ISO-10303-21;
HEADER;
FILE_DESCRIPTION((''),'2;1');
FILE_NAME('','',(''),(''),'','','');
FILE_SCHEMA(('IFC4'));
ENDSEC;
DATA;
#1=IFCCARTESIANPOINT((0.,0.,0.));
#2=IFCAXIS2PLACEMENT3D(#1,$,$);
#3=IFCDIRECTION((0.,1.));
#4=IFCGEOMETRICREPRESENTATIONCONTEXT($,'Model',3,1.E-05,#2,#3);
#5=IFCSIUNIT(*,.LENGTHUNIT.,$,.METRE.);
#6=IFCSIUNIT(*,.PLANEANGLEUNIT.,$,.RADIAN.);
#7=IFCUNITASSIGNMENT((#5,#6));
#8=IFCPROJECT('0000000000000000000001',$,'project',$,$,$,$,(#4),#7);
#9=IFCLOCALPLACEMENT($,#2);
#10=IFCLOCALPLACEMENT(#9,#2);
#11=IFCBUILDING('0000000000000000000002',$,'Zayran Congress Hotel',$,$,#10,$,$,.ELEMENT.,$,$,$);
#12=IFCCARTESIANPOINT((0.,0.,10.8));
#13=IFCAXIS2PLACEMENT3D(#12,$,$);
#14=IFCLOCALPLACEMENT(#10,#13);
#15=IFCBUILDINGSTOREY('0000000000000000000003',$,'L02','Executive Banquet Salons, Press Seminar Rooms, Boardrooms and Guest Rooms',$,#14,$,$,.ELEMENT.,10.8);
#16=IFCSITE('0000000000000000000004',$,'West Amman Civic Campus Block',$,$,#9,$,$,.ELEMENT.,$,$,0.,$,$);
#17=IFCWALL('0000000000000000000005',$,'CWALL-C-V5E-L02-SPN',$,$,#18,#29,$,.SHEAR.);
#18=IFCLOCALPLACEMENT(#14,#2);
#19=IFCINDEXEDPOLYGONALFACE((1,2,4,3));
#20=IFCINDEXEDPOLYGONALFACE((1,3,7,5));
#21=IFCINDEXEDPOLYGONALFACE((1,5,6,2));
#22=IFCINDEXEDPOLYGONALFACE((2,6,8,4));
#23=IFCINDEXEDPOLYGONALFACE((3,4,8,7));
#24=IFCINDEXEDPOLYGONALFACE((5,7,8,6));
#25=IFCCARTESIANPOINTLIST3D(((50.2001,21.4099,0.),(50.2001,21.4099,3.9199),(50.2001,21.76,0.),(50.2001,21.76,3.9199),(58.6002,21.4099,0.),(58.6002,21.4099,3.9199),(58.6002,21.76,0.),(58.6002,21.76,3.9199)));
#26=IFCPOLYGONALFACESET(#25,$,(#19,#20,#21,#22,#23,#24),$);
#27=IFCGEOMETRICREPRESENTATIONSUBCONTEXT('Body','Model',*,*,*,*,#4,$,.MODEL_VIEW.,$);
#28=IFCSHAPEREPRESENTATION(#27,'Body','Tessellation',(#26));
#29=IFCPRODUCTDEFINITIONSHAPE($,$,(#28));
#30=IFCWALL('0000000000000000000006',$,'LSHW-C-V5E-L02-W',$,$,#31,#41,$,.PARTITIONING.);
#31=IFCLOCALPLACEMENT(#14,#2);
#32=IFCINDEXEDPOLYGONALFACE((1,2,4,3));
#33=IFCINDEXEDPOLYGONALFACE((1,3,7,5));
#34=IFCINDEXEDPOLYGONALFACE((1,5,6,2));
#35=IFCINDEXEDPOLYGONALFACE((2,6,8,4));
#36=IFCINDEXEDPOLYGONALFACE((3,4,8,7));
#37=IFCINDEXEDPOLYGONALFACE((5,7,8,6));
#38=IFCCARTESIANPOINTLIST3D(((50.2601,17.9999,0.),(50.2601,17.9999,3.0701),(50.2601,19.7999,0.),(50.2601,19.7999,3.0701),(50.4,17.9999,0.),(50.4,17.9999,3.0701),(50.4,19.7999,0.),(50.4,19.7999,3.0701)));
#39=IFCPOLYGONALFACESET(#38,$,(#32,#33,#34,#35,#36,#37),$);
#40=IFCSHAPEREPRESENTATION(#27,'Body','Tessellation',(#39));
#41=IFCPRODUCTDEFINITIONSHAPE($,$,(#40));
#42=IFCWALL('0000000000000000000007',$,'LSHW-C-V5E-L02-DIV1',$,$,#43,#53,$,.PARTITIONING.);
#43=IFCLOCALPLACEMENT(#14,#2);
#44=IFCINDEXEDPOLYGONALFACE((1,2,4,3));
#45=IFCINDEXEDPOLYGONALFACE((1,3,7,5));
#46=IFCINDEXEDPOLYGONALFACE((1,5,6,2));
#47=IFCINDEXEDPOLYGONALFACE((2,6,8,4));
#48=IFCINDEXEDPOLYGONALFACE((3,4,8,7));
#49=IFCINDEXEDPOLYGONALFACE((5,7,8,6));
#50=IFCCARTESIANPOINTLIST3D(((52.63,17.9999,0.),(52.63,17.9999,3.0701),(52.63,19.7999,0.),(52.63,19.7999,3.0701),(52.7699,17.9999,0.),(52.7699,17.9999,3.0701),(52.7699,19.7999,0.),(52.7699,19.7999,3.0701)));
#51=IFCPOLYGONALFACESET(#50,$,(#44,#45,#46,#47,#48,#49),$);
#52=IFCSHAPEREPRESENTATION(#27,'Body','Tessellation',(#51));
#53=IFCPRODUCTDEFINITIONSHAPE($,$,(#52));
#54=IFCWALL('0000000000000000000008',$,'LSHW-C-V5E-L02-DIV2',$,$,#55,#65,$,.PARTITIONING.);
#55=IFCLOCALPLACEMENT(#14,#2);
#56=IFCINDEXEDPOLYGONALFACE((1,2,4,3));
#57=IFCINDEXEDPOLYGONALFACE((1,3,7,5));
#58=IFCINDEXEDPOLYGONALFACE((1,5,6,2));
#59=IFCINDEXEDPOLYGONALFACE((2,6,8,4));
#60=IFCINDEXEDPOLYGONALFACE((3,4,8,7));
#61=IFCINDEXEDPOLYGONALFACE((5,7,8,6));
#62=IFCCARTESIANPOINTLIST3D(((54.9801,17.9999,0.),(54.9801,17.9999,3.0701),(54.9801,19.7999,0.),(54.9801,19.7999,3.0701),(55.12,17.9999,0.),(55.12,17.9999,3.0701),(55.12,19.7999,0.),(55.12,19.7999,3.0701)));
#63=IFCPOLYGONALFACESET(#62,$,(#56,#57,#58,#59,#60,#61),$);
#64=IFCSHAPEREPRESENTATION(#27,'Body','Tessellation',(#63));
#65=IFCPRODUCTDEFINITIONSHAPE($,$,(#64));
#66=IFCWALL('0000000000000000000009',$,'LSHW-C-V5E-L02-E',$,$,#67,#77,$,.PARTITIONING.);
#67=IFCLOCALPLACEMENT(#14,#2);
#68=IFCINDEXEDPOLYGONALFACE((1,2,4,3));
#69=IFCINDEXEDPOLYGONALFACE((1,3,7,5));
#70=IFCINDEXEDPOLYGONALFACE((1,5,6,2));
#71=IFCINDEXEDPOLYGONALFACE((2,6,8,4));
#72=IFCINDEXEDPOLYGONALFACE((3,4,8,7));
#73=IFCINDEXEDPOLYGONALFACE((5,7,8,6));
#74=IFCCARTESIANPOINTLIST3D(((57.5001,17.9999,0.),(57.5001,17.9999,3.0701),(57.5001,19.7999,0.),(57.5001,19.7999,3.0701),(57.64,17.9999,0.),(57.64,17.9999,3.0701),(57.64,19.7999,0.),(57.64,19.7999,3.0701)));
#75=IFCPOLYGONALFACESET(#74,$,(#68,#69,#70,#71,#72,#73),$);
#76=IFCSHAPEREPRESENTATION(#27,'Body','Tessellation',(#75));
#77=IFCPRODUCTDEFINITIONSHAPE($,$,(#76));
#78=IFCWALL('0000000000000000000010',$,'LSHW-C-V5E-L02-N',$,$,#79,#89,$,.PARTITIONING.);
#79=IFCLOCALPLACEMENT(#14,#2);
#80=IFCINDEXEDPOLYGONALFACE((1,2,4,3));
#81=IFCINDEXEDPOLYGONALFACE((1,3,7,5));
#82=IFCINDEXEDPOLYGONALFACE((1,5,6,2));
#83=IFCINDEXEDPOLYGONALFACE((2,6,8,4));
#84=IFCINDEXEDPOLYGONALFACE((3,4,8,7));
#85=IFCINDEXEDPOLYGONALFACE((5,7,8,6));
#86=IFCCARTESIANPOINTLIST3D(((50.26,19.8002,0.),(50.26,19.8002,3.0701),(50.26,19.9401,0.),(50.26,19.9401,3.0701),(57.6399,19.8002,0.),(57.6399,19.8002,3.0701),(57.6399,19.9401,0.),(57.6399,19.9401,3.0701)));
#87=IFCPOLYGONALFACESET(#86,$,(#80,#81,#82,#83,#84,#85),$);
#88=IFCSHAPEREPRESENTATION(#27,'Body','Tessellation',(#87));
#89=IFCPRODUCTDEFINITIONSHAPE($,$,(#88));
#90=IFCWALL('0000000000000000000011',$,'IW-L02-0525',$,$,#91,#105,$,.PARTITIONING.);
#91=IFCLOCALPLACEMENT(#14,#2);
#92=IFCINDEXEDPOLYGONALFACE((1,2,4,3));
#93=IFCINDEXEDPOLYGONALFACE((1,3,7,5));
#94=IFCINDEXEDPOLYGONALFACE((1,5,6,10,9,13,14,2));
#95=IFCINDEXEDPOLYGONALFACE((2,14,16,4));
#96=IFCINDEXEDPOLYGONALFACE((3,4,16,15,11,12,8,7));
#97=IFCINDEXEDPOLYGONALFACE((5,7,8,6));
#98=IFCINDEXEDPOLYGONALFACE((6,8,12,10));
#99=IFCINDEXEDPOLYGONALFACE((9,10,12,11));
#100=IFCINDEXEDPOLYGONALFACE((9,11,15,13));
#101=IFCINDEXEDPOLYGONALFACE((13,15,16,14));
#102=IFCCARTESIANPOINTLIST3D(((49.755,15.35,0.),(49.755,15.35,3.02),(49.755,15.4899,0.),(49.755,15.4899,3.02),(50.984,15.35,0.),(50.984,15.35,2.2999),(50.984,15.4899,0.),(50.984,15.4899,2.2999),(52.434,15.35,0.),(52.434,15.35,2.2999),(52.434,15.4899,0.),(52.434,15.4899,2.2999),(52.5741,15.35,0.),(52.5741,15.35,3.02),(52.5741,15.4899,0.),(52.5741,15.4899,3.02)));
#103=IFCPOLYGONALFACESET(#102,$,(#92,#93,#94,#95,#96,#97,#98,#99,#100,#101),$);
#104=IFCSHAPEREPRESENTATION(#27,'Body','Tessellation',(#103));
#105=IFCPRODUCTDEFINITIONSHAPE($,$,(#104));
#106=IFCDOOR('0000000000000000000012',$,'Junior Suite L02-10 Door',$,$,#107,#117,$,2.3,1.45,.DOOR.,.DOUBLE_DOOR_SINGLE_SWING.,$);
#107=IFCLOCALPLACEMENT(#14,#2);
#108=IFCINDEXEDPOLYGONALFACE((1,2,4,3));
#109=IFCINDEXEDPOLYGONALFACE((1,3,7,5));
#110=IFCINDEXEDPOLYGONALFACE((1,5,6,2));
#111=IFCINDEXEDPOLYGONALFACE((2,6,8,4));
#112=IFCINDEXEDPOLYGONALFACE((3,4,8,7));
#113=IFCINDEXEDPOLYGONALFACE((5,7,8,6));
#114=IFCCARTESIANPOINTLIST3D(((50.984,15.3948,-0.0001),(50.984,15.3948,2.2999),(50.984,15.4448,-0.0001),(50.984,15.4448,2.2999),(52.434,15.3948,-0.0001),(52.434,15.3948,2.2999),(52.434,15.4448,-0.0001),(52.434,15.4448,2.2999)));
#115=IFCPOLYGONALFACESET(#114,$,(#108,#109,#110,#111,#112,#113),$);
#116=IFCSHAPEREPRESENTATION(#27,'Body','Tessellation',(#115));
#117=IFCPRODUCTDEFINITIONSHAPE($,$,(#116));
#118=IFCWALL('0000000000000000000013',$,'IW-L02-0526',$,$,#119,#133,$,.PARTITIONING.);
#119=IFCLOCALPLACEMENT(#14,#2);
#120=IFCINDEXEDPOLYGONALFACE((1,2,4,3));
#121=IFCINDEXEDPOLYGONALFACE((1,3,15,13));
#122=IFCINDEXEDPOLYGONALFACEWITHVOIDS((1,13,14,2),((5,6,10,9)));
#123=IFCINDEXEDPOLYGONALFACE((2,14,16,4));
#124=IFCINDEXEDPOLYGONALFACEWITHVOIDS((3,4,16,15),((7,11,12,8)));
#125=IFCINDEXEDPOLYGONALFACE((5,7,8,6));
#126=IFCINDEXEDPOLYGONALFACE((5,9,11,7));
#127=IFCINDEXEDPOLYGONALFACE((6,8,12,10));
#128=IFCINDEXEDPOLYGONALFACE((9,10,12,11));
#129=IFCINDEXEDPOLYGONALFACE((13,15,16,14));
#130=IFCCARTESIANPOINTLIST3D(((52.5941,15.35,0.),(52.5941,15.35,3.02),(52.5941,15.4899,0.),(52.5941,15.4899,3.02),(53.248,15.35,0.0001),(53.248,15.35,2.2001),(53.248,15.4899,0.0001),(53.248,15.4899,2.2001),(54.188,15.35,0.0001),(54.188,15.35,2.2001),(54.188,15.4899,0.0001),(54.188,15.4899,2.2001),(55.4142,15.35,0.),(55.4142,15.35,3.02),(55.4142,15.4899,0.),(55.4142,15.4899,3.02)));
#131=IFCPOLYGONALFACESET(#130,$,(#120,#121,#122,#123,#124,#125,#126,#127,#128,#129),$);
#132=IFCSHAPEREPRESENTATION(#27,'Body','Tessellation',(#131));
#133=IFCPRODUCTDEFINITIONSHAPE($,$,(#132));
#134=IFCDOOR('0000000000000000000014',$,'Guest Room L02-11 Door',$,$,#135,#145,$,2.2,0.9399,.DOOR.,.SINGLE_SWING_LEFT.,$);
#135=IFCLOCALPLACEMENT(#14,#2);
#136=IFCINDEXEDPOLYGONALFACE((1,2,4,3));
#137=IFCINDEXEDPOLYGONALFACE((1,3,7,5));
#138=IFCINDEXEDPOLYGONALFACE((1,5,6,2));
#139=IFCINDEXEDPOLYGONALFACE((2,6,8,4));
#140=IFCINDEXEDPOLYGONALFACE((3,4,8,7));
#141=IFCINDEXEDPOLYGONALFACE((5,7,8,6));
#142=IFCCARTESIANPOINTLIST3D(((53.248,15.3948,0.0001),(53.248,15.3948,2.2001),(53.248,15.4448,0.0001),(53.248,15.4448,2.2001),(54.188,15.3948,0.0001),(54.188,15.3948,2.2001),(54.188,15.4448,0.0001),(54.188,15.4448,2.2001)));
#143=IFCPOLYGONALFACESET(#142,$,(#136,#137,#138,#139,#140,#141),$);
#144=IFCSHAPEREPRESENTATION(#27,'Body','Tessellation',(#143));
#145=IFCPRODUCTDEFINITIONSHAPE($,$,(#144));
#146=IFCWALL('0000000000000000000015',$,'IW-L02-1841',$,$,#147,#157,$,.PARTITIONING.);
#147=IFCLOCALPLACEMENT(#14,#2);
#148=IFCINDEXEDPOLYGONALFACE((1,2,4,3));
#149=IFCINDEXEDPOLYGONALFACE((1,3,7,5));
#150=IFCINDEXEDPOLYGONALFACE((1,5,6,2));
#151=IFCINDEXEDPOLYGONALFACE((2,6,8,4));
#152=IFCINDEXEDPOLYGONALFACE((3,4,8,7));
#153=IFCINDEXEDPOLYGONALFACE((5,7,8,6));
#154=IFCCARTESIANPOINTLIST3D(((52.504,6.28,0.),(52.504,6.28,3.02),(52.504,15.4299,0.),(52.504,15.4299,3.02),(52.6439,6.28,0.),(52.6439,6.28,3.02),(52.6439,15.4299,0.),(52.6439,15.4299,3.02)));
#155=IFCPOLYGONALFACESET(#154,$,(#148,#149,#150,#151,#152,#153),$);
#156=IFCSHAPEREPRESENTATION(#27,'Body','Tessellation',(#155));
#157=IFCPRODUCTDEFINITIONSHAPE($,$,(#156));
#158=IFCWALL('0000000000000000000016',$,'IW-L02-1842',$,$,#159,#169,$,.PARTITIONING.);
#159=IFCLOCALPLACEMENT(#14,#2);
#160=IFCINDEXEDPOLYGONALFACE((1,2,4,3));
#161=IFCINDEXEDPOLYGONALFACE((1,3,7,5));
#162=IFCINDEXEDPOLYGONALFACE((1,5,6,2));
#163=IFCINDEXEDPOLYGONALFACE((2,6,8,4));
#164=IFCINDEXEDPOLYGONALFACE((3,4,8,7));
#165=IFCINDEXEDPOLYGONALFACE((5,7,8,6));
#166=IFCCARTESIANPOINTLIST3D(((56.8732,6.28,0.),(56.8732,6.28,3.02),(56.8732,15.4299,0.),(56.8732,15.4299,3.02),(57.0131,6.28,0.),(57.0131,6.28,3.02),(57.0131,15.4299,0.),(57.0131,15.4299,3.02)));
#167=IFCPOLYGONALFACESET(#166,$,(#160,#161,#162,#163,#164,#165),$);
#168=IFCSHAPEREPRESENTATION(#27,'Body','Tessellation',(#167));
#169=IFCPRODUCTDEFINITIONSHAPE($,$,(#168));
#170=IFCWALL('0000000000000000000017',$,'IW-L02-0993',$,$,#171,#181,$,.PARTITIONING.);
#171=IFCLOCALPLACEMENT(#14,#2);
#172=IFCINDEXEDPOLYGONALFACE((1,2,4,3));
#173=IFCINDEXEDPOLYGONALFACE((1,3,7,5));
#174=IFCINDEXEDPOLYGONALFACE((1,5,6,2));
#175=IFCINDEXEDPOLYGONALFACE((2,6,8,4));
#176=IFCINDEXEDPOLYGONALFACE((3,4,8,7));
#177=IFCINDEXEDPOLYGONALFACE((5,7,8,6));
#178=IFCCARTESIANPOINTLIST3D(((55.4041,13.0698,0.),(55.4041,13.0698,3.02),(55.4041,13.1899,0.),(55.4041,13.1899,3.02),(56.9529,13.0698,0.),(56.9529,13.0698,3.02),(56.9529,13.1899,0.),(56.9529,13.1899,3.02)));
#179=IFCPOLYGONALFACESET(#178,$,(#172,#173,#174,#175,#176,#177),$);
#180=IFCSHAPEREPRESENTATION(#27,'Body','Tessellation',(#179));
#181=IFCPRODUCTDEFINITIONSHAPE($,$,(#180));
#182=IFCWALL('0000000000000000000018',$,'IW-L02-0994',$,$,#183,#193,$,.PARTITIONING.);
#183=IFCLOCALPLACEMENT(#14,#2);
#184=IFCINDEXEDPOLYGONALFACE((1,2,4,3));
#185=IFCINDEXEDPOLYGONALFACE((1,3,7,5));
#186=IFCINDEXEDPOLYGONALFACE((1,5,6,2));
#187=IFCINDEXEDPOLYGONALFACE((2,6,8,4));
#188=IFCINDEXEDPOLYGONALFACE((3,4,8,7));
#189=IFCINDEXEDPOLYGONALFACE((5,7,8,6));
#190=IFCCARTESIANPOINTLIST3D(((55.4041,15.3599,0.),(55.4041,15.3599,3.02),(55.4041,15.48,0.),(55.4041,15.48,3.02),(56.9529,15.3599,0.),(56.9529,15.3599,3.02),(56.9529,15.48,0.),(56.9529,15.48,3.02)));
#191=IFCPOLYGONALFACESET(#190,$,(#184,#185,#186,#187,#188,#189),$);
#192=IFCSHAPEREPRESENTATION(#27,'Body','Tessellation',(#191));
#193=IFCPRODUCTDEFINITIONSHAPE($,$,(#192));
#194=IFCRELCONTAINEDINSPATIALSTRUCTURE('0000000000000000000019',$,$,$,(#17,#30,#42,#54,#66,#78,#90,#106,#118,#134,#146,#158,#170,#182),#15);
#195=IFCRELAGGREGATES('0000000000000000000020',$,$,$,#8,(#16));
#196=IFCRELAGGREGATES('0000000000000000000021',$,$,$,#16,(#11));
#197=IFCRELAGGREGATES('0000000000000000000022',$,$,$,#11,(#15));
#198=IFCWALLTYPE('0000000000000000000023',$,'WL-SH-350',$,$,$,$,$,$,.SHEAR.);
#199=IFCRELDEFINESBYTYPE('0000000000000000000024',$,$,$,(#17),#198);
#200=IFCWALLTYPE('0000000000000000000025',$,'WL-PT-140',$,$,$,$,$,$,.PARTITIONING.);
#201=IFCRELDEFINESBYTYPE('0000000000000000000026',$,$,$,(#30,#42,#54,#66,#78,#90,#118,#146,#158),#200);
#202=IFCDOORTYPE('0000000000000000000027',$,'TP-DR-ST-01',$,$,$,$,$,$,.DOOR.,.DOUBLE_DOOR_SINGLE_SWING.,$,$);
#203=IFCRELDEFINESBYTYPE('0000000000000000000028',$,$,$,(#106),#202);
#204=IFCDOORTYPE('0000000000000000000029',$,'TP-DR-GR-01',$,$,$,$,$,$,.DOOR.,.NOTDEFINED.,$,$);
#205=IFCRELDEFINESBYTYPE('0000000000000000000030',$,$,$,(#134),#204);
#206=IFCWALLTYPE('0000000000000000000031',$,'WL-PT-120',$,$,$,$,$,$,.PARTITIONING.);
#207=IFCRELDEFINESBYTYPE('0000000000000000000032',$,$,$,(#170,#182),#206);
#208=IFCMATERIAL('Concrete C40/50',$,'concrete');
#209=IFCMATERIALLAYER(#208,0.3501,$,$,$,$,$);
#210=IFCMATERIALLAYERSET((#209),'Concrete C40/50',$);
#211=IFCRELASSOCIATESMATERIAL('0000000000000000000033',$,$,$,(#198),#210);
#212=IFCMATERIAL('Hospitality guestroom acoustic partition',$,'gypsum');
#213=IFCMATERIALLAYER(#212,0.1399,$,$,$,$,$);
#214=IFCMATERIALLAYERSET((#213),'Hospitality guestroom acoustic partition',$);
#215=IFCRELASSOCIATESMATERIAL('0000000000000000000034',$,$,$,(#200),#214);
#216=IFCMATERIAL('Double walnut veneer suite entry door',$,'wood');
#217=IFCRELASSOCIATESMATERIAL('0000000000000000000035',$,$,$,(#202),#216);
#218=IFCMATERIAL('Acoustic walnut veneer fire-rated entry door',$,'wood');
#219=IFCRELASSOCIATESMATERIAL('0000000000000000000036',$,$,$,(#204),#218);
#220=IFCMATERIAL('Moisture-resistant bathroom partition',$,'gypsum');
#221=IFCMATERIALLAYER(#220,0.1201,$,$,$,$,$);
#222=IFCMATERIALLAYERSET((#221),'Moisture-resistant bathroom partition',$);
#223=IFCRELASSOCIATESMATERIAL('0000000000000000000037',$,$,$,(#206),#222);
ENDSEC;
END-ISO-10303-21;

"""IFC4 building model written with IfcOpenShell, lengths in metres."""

from ifc_helpers import new_model, si_unit, direction, frame, frame_2d, origin, place, context, subcontext, project, spatial, rectangle, extrude, material, layer, layer_set, type_object, element, fill, save


model = new_model("IFC4")

# Units and contexts
model_context = context("Model", 3, precision=1e-05, world=origin(), true_north=direction((0.0, 1.0)))
body_context = subcontext(model_context, "Body", "Model", "MODEL_VIEW")
ifc_project = project(units=[si_unit("LENGTHUNIT", "METRE"), si_unit("PLANEANGLEUNIT", "RADIAN")], contexts=[model_context])

# Site, building, storey
site_placement = place(None, origin())
site = spatial("IfcSite", under=ifc_project, at=site_placement, Name="West Amman Civic Campus Block", CompositionType="ELEMENT", RefElevation=0.0)
building_placement = place(site_placement, origin())
building = spatial("IfcBuilding", under=site, at=building_placement, Name="Zayran Congress Hotel", CompositionType="ELEMENT")
storey_placement = place(building_placement, frame((0.0, 0.0, 10.8)))
storey = spatial("IfcBuildingStorey", under=building, at=storey_placement, Name="L02", Description="Executive Banquet Salons, Press Seminar Rooms, Boardrooms and Guest Rooms", CompositionType="ELEMENT", Elevation=10.8)

# Shared definitions
ifc_material_1 = material(Name="Concrete C40/50", Category="concrete")

# Walls
ifc_layer_1 = layer(ifc_material_1, 0.3501)
ifc_layer_set_1 = layer_set([ifc_layer_1], Name="Concrete C40/50")
wall_type_1 = type_object("IfcWallType", Name="WL-SH-350", PredefinedType="SHEAR", material=ifc_layer_set_1)
wall_1_placement = place(storey_placement, frame((50.2, 21.585, 0.0), z_axis=(0.0, 0.0, 1.0), x_axis=(1.0, 0.0, 0.0)))
element("IfcWall", 1, at=wall_1_placement, inside=storey, type_object=wall_type_1, Name="CWALL-C-V5E-L02-SPN", PredefinedType="SHEAR", context=body_context, shape_type="SweptSolid", body=[
    extrude(rectangle(XDim=8.4001, YDim=0.3501, at=frame_2d((4.2002, 0.0))), origin(), (0.0, 0.0, 1.0), 3.9199),
])
ifc_material_2 = material(Name="Hospitality guestroom acoustic partition", Category="gypsum")
ifc_layer_2 = layer(ifc_material_2, 0.1399)
ifc_layer_set_2 = layer_set([ifc_layer_2], Name="Hospitality guestroom acoustic partition")
wall_type_2 = type_object("IfcWallType", Name="WL-PT-140", PredefinedType="PARTITIONING", material=ifc_layer_set_2)
for number, where, z_axis, x_axis, name in (
    (2, (50.3301, 18.0, 0.0), (0.0, 0.0, 1.0), (0.0, 1.0, 0.0), "LSHW-C-V5E-L02-W"),
    (3, (52.7, 18.0, 0.0), (0.0, 0.0, 1.0), (0.0, 1.0, 0.0), "LSHW-C-V5E-L02-DIV1"),
    (4, (55.05, 18.0, 0.0), (0.0, 0.0, 1.0), (0.0, 1.0, 0.0), "LSHW-C-V5E-L02-DIV2"),
    (5, (57.5701, 18.0, 0.0), (0.0, 0.0, 1.0), (0.0, 1.0, 0.0), "LSHW-C-V5E-L02-E"),
):
    element("IfcWall", number, at=place(storey_placement, frame(where, z_axis=z_axis, x_axis=x_axis)), inside=storey, type_object=wall_type_2, Name=name, PredefinedType="PARTITIONING", context=body_context, shape_type="SweptSolid", body=[
        extrude(rectangle(XDim=1.8, YDim=0.1399, at=frame_2d((0.8999, 0.0))), origin(), (0.0, 0.0, 1.0), 3.0701),
    ])
wall_2_placement = place(storey_placement, frame((50.26, 19.8701, 0.0), z_axis=(0.0, 0.0, 1.0), x_axis=(1.0, 0.0, 0.0)))
element("IfcWall", 6, at=wall_2_placement, inside=storey, type_object=wall_type_2, Name="LSHW-C-V5E-L02-N", PredefinedType="PARTITIONING", context=body_context, shape_type="SweptSolid", body=[
    extrude(rectangle(XDim=7.3799, YDim=0.1399, at=frame_2d((3.6899, 0.0))), origin(), (0.0, 0.0, 1.0), 3.0701),
])

# Walls, openings, doors
wall_3_placement = place(storey_placement, frame((49.7549, 15.4199, 0.0), z_axis=(0.0, 0.0, 1.0), x_axis=(1.0, 0.0, 0.0)))
wall_3 = element("IfcWall", 7, at=wall_3_placement, inside=storey, type_object=wall_type_2, Name="IW-L02-0525", PredefinedType="PARTITIONING", context=body_context, shape_type="SweptSolid", body=[
    extrude(rectangle(XDim=2.8191, YDim=0.1399, at=frame_2d((1.4097, 0.0))), origin(), (0.0, 0.0, 1.0), 3.02),
])
opening_1_placement = place(wall_3_placement, frame((1.229, 0.0, 0.0)))
opening_1 = element("IfcOpeningElement", 8, at=opening_1_placement, cuts=wall_3, PredefinedType="OPENING", context=body_context, shape_type="SweptSolid", body=[
    extrude(rectangle(XDim=1.45, YDim=2.3, at=frame_2d((0.7251, 1.1499))), frame((0.0, 0.0798, 0.0), z_axis=(0.0, -1.0, 0.0), x_axis=(1.0, 0.0, 0.0)), (0.0, 0.0, 1.0), 0.1599),
])
ifc_material_3 = material(Name="Double walnut veneer suite entry door", Category="wood")
door_type_1 = type_object("IfcDoorType", Name="TP-DR-ST-01", OperationType="DOUBLE_DOOR_SINGLE_SWING", PredefinedType="DOOR", material=ifc_material_3)
door_1_placement = place(opening_1_placement, origin())
door_1 = element("IfcDoor", 9, at=door_1_placement, inside=storey, type_object=door_type_1, Name="Junior Suite L02-10 Door", OperationType="DOUBLE_DOOR_SINGLE_SWING", OverallHeight=2.3, OverallWidth=1.45, PredefinedType="DOOR", context=body_context, shape_type="SweptSolid", body=[
    extrude(rectangle(XDim=1.45, YDim=2.3, at=frame_2d((0.7251, 1.1499))), frame((0.0, 0.0249, 0.0), z_axis=(0.0, -1.0, 0.0), x_axis=(1.0, 0.0, 0.0)), (0.0, 0.0, 1.0), 0.05),
])
fill(opening_1, door_1)
wall_4_placement = place(storey_placement, frame((52.594, 15.4199, 0.0), z_axis=(0.0, 0.0, 1.0), x_axis=(1.0, 0.0, 0.0)))
wall_4 = element("IfcWall", 10, at=wall_4_placement, inside=storey, type_object=wall_type_2, Name="IW-L02-0526", PredefinedType="PARTITIONING", context=body_context, shape_type="SweptSolid", body=[
    extrude(rectangle(XDim=2.8201, YDim=0.1399, at=frame_2d((1.4102, 0.0))), origin(), (0.0, 0.0, 1.0), 3.02),
])
opening_2_placement = place(wall_4_placement, frame((0.6541, 0.0, 0.0)))
opening_2 = element("IfcOpeningElement", 11, at=opening_2_placement, cuts=wall_4, PredefinedType="OPENING", context=body_context, shape_type="SweptSolid", body=[
    extrude(rectangle(XDim=0.9399, YDim=2.2, at=frame_2d((0.47, 1.1001))), frame((0.0, 0.0798, 0.0), z_axis=(0.0, -1.0, 0.0), x_axis=(1.0, 0.0, 0.0)), (0.0, 0.0, 1.0), 0.1599),
])
ifc_material_4 = material(Name="Acoustic walnut veneer fire-rated entry door", Category="wood")
door_type_2 = type_object("IfcDoorType", Name="TP-DR-GR-01", OperationType="NOTDEFINED", PredefinedType="DOOR", material=ifc_material_4)
door_2_placement = place(opening_2_placement, origin())
door_2 = element("IfcDoor", 12, at=door_2_placement, inside=storey, type_object=door_type_2, Name="Guest Room L02-11 Door", OperationType="SINGLE_SWING_LEFT", OverallHeight=2.2, OverallWidth=0.9399, PredefinedType="DOOR", context=body_context, shape_type="SweptSolid", body=[
    extrude(rectangle(XDim=0.9399, YDim=2.2, at=frame_2d((0.47, 1.1001))), frame((0.0, 0.0249, 0.0), z_axis=(0.0, -1.0, 0.0), x_axis=(1.0, 0.0, 0.0)), (0.0, 0.0, 1.0), 0.05),
])
fill(opening_2, door_2)

# Walls
for number, where, z_axis, x_axis, name in (
    (13, (52.574, 6.28, 0.0), (0.0, 0.0, 1.0), (0.0, 1.0, 0.0), "IW-L02-1841"),
    (14, (56.9431, 6.28, 0.0), (0.0, 0.0, 1.0), (0.0, 1.0, 0.0), "IW-L02-1842"),
):
    element("IfcWall", number, at=place(storey_placement, frame(where, z_axis=z_axis, x_axis=x_axis)), inside=storey, type_object=wall_type_2, Name=name, PredefinedType="PARTITIONING", context=body_context, shape_type="SweptSolid", body=[
        extrude(rectangle(XDim=9.1499, YDim=0.1399, at=frame_2d((4.575, 0.0))), origin(), (0.0, 0.0, 1.0), 3.02),
    ])

# Shared definitions
ifc_material_5 = material(Name="Moisture-resistant bathroom partition", Category="gypsum")
ifc_layer_3 = layer(ifc_material_5, 0.1201)
ifc_layer_set_3 = layer_set([ifc_layer_3], Name="Moisture-resistant bathroom partition")
wall_type_3 = type_object("IfcWallType", Name="WL-PT-120", PredefinedType="PARTITIONING", material=ifc_layer_set_3)

# Walls
for number, where, z_axis, x_axis, name in (
    (15, (55.4041, 13.1299, 0.0), (0.0, 0.0, 1.0), (1.0, 0.0, 0.0), "IW-L02-0993"),
    (16, (55.4041, 15.4199, 0.0), (0.0, 0.0, 1.0), (1.0, 0.0, 0.0), "IW-L02-0994"),
):
    element("IfcWall", number, at=place(storey_placement, frame(where, z_axis=z_axis, x_axis=x_axis)), inside=storey, type_object=wall_type_3, Name=name, PredefinedType="PARTITIONING", context=body_context, shape_type="SweptSolid", body=[
        extrude(rectangle(XDim=1.5488, YDim=0.1201, at=frame_2d((0.7744, 0.0))), origin(), (0.0, 0.0, 1.0), 3.02),
    ])

save(model, "model.ifc")
